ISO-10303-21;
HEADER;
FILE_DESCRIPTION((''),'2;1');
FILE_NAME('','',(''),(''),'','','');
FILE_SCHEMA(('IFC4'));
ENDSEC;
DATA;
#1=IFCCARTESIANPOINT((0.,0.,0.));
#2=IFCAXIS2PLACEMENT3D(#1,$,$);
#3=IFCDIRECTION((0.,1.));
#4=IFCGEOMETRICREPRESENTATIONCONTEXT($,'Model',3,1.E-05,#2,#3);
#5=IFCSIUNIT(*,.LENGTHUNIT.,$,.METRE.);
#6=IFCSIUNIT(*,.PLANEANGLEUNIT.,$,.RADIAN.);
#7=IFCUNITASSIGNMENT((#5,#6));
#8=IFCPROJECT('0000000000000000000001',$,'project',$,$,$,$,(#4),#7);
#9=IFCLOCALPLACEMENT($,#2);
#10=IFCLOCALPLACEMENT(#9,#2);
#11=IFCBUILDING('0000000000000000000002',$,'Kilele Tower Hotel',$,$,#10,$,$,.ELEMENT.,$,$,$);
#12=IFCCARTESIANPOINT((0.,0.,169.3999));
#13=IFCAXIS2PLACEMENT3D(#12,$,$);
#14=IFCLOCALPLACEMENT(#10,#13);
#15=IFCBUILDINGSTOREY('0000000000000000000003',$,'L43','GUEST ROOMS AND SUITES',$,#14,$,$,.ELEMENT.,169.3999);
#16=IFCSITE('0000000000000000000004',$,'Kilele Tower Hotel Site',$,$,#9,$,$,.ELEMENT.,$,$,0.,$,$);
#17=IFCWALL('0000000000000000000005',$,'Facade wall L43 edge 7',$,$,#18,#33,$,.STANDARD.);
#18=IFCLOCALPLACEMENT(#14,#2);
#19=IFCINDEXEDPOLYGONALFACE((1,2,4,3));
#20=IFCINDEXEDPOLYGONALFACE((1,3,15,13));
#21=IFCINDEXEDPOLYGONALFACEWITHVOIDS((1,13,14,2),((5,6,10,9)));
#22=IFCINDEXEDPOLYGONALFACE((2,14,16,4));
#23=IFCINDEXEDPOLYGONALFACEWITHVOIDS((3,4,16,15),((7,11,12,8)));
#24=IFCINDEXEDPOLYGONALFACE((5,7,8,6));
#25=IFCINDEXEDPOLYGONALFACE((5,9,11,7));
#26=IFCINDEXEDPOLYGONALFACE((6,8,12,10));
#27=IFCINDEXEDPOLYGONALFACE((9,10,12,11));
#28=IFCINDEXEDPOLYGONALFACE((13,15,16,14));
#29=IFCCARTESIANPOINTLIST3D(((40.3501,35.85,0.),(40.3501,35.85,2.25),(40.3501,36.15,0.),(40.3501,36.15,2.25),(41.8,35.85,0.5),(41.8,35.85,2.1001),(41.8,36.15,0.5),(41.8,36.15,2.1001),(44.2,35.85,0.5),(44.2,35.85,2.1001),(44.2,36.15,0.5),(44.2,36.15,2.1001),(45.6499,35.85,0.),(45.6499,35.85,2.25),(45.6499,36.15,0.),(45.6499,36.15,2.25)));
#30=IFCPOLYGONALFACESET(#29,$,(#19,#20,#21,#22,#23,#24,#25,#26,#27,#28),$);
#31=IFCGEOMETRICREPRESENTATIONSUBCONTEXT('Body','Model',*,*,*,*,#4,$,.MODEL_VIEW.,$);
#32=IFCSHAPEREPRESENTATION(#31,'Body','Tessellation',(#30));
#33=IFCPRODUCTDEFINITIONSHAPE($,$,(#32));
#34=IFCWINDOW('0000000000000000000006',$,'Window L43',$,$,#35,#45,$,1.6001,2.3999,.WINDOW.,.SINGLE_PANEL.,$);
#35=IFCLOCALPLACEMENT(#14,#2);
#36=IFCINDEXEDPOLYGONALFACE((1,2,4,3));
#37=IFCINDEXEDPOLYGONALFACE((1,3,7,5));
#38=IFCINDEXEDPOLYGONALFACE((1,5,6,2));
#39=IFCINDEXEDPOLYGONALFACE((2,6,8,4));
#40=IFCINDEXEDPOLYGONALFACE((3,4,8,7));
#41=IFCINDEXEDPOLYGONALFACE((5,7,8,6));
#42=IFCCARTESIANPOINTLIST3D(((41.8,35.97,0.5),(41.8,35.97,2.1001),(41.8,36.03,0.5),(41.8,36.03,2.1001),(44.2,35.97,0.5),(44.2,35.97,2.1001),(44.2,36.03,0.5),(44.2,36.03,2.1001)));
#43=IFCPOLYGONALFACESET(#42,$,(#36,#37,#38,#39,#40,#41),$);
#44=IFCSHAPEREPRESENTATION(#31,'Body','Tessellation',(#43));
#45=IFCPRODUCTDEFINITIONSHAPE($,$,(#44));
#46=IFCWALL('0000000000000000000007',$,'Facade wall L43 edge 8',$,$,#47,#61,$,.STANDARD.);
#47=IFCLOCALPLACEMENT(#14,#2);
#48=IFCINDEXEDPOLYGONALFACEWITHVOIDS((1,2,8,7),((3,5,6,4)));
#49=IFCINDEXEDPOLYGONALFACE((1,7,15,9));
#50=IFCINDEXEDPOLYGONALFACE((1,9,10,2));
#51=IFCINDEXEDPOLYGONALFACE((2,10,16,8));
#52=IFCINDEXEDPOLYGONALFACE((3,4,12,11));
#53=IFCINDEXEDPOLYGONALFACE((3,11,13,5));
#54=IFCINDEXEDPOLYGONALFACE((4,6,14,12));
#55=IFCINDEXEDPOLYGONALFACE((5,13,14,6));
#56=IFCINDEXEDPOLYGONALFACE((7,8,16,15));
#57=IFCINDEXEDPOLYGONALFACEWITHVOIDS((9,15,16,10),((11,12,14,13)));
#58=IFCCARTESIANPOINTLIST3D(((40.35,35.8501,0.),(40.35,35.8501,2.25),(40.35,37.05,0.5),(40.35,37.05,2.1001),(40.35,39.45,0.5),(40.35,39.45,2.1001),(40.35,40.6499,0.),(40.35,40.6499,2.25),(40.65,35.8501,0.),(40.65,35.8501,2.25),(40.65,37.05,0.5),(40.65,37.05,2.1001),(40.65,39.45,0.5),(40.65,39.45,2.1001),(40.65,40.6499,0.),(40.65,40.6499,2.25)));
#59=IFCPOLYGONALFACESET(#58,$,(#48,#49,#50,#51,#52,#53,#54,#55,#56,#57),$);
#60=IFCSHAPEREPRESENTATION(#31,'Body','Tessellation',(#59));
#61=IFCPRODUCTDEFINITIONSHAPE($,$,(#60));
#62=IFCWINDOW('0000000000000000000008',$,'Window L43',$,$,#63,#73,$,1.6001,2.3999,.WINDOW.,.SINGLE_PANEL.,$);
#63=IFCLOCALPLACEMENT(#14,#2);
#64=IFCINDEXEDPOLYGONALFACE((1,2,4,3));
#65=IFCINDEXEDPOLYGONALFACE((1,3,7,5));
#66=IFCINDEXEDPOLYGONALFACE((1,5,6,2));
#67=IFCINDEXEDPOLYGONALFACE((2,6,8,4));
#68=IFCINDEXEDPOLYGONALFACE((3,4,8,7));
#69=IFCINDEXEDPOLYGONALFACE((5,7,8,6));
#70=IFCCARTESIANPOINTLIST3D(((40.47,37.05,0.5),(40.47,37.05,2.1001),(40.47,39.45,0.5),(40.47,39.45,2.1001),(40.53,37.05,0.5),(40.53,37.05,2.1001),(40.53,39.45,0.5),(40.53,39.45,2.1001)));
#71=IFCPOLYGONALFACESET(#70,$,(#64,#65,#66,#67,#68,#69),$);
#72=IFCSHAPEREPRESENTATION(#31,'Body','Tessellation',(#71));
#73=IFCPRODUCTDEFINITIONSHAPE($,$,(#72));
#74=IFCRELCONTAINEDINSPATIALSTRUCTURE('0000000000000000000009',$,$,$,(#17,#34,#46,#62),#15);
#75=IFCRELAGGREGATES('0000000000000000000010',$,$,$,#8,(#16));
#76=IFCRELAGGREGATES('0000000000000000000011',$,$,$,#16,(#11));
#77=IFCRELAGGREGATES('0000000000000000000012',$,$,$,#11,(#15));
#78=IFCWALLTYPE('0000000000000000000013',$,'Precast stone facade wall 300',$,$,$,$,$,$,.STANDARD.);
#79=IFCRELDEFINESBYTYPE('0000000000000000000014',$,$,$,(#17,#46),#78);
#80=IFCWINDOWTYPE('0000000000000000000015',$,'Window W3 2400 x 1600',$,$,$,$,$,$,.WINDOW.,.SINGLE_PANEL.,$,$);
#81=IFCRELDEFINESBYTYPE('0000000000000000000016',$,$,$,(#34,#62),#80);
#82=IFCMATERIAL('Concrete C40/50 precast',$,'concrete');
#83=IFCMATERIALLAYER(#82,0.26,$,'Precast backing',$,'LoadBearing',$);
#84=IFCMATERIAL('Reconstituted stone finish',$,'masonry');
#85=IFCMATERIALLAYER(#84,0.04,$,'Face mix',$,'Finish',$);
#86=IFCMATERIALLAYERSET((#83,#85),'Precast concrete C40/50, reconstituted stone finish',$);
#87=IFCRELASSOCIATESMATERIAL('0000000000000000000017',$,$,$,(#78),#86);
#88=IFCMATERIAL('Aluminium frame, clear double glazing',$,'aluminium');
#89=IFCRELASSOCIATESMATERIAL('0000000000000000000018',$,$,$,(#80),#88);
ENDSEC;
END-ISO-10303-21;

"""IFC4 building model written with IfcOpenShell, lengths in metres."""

from ifc_helpers import new_model, si_unit, direction, frame, frame_2d, origin, place, context, subcontext, project, spatial, rectangle, extrude, material, layer, layer_set, type_object, element, fill, save


model = new_model("IFC4")

# Units and contexts
model_context = context("Model", 3, precision=1e-05, world=origin(), true_north=direction((0.0, 1.0)))
body_context = subcontext(model_context, "Body", "Model", "MODEL_VIEW")
ifc_project = project(units=[si_unit("LENGTHUNIT", "METRE"), si_unit("PLANEANGLEUNIT", "RADIAN")], contexts=[model_context])

# Site, building, storey
site_placement = place(None, origin())
site = spatial("IfcSite", under=ifc_project, at=site_placement, Name="Kilele Tower Hotel Site", CompositionType="ELEMENT", RefElevation=0.0)
building_placement = place(site_placement, origin())
building = spatial("IfcBuilding", under=site, at=building_placement, Name="Kilele Tower Hotel", CompositionType="ELEMENT")
storey_placement = place(building_placement, frame((0.0, 0.0, 169.3999)))
storey = spatial("IfcBuildingStorey", under=building, at=storey_placement, Name="L43", Description="GUEST ROOMS AND SUITES", CompositionType="ELEMENT", Elevation=169.3999)

# Walls, openings, windows
ifc_material_1 = material(Name="Concrete C40/50 precast", Category="concrete")
ifc_layer_1 = layer(ifc_material_1, 0.26, Name="Precast backing", Category="LoadBearing")
ifc_material_2 = material(Name="Reconstituted stone finish", Category="masonry")
ifc_layer_2 = layer(ifc_material_2, 0.04, Name="Face mix", Category="Finish")
ifc_layer_set_1 = layer_set([ifc_layer_1, ifc_layer_2], Name="Precast concrete C40/50, reconstituted stone finish")
wall_type_1 = type_object("IfcWallType", Name="Precast stone facade wall 300", PredefinedType="STANDARD", material=ifc_layer_set_1)
wall_1_placement = place(storey_placement, frame((45.6499, 36.0, 0.0), z_axis=(0.0, 0.0, 1.0), x_axis=(-1.0, 0.0, 0.0)))
wall_1 = element("IfcWall", 1, at=wall_1_placement, inside=storey, type_object=wall_type_1, Name="Facade wall L43 edge 7", PredefinedType="STANDARD", context=body_context, shape_type="SweptSolid", body=[
    extrude(rectangle(XDim=5.2998, YDim=0.3, at=frame_2d((2.6499, 0.0))), origin(), (0.0, 0.0, 1.0), 2.25),
])
opening_1_placement = place(wall_1_placement, frame((1.45, 0.0, 0.5)))
opening_1 = element("IfcOpeningElement", 2, at=opening_1_placement, cuts=wall_1, PredefinedType="OPENING", context=body_context, shape_type="SweptSolid", body=[
    extrude(rectangle(XDim=2.3999, YDim=1.6001, at=frame_2d((1.2, 0.8))), frame((0.0, 0.1599, 0.0), z_axis=(0.0, -1.0, 0.0), x_axis=(1.0, 0.0, 0.0)), (0.0, 0.0, 1.0), 0.3201),
])
ifc_material_3 = material(Name="Aluminium frame, clear double glazing", Category="aluminium")
window_type = type_object("IfcWindowType", Name="Window W3 2400 x 1600", PartitioningType="SINGLE_PANEL", PredefinedType="WINDOW", material=ifc_material_3)
window_1_placement = place(opening_1_placement, origin())
window_1 = element("IfcWindow", 3, at=window_1_placement, inside=storey, type_object=window_type, Name="Window L43", OverallHeight=1.6001, OverallWidth=2.3999, PartitioningType="SINGLE_PANEL", PredefinedType="WINDOW", context=body_context, shape_type="SweptSolid", body=[
    extrude(rectangle(XDim=2.3999, YDim=1.6001, at=frame_2d((1.2, 0.8))), frame((0.0, 0.03, 0.0), z_axis=(0.0, -1.0, 0.0), x_axis=(1.0, 0.0, 0.0)), (0.0, 0.0, 1.0), 0.0601),
])
fill(opening_1, window_1)
wall_2_placement = place(storey_placement, frame((40.5, 35.8501, 0.0), z_axis=(0.0, 0.0, 1.0), x_axis=(0.0, 1.0, 0.0)))
wall_2 = element("IfcWall", 4, at=wall_2_placement, inside=storey, type_object=wall_type_1, Name="Facade wall L43 edge 8", PredefinedType="STANDARD", context=body_context, shape_type="SweptSolid", body=[
    extrude(rectangle(XDim=4.7998, YDim=0.3, at=frame_2d((2.3999, 0.0))), origin(), (0.0, 0.0, 1.0), 2.25),
])
opening_2_placement = place(wall_2_placement, frame((1.2, 0.0, 0.5)))
opening_2 = element("IfcOpeningElement", 5, at=opening_2_placement, cuts=wall_2, PredefinedType="OPENING", context=body_context, shape_type="SweptSolid", body=[
    extrude(rectangle(XDim=2.3999, YDim=1.6001, at=frame_2d((1.2, 0.8))), frame((0.0, 0.1599, 0.0), z_axis=(0.0, -1.0, 0.0), x_axis=(1.0, 0.0, 0.0)), (0.0, 0.0, 1.0), 0.3201),
])
window_2_placement = place(opening_2_placement, origin())
window_2 = element("IfcWindow", 6, at=window_2_placement, inside=storey, type_object=window_type, Name="Window L43", OverallHeight=1.6001, OverallWidth=2.3999, PartitioningType="SINGLE_PANEL", PredefinedType="WINDOW", context=body_context, shape_type="SweptSolid", body=[
    extrude(rectangle(XDim=2.3999, YDim=1.6001, at=frame_2d((1.2, 0.8))), frame((0.0, 0.03, 0.0), z_axis=(0.0, -1.0, 0.0), x_axis=(1.0, 0.0, 0.0)), (0.0, 0.0, 1.0), 0.0601),
])
fill(opening_2, window_2)

save(model, "model.ifc")
